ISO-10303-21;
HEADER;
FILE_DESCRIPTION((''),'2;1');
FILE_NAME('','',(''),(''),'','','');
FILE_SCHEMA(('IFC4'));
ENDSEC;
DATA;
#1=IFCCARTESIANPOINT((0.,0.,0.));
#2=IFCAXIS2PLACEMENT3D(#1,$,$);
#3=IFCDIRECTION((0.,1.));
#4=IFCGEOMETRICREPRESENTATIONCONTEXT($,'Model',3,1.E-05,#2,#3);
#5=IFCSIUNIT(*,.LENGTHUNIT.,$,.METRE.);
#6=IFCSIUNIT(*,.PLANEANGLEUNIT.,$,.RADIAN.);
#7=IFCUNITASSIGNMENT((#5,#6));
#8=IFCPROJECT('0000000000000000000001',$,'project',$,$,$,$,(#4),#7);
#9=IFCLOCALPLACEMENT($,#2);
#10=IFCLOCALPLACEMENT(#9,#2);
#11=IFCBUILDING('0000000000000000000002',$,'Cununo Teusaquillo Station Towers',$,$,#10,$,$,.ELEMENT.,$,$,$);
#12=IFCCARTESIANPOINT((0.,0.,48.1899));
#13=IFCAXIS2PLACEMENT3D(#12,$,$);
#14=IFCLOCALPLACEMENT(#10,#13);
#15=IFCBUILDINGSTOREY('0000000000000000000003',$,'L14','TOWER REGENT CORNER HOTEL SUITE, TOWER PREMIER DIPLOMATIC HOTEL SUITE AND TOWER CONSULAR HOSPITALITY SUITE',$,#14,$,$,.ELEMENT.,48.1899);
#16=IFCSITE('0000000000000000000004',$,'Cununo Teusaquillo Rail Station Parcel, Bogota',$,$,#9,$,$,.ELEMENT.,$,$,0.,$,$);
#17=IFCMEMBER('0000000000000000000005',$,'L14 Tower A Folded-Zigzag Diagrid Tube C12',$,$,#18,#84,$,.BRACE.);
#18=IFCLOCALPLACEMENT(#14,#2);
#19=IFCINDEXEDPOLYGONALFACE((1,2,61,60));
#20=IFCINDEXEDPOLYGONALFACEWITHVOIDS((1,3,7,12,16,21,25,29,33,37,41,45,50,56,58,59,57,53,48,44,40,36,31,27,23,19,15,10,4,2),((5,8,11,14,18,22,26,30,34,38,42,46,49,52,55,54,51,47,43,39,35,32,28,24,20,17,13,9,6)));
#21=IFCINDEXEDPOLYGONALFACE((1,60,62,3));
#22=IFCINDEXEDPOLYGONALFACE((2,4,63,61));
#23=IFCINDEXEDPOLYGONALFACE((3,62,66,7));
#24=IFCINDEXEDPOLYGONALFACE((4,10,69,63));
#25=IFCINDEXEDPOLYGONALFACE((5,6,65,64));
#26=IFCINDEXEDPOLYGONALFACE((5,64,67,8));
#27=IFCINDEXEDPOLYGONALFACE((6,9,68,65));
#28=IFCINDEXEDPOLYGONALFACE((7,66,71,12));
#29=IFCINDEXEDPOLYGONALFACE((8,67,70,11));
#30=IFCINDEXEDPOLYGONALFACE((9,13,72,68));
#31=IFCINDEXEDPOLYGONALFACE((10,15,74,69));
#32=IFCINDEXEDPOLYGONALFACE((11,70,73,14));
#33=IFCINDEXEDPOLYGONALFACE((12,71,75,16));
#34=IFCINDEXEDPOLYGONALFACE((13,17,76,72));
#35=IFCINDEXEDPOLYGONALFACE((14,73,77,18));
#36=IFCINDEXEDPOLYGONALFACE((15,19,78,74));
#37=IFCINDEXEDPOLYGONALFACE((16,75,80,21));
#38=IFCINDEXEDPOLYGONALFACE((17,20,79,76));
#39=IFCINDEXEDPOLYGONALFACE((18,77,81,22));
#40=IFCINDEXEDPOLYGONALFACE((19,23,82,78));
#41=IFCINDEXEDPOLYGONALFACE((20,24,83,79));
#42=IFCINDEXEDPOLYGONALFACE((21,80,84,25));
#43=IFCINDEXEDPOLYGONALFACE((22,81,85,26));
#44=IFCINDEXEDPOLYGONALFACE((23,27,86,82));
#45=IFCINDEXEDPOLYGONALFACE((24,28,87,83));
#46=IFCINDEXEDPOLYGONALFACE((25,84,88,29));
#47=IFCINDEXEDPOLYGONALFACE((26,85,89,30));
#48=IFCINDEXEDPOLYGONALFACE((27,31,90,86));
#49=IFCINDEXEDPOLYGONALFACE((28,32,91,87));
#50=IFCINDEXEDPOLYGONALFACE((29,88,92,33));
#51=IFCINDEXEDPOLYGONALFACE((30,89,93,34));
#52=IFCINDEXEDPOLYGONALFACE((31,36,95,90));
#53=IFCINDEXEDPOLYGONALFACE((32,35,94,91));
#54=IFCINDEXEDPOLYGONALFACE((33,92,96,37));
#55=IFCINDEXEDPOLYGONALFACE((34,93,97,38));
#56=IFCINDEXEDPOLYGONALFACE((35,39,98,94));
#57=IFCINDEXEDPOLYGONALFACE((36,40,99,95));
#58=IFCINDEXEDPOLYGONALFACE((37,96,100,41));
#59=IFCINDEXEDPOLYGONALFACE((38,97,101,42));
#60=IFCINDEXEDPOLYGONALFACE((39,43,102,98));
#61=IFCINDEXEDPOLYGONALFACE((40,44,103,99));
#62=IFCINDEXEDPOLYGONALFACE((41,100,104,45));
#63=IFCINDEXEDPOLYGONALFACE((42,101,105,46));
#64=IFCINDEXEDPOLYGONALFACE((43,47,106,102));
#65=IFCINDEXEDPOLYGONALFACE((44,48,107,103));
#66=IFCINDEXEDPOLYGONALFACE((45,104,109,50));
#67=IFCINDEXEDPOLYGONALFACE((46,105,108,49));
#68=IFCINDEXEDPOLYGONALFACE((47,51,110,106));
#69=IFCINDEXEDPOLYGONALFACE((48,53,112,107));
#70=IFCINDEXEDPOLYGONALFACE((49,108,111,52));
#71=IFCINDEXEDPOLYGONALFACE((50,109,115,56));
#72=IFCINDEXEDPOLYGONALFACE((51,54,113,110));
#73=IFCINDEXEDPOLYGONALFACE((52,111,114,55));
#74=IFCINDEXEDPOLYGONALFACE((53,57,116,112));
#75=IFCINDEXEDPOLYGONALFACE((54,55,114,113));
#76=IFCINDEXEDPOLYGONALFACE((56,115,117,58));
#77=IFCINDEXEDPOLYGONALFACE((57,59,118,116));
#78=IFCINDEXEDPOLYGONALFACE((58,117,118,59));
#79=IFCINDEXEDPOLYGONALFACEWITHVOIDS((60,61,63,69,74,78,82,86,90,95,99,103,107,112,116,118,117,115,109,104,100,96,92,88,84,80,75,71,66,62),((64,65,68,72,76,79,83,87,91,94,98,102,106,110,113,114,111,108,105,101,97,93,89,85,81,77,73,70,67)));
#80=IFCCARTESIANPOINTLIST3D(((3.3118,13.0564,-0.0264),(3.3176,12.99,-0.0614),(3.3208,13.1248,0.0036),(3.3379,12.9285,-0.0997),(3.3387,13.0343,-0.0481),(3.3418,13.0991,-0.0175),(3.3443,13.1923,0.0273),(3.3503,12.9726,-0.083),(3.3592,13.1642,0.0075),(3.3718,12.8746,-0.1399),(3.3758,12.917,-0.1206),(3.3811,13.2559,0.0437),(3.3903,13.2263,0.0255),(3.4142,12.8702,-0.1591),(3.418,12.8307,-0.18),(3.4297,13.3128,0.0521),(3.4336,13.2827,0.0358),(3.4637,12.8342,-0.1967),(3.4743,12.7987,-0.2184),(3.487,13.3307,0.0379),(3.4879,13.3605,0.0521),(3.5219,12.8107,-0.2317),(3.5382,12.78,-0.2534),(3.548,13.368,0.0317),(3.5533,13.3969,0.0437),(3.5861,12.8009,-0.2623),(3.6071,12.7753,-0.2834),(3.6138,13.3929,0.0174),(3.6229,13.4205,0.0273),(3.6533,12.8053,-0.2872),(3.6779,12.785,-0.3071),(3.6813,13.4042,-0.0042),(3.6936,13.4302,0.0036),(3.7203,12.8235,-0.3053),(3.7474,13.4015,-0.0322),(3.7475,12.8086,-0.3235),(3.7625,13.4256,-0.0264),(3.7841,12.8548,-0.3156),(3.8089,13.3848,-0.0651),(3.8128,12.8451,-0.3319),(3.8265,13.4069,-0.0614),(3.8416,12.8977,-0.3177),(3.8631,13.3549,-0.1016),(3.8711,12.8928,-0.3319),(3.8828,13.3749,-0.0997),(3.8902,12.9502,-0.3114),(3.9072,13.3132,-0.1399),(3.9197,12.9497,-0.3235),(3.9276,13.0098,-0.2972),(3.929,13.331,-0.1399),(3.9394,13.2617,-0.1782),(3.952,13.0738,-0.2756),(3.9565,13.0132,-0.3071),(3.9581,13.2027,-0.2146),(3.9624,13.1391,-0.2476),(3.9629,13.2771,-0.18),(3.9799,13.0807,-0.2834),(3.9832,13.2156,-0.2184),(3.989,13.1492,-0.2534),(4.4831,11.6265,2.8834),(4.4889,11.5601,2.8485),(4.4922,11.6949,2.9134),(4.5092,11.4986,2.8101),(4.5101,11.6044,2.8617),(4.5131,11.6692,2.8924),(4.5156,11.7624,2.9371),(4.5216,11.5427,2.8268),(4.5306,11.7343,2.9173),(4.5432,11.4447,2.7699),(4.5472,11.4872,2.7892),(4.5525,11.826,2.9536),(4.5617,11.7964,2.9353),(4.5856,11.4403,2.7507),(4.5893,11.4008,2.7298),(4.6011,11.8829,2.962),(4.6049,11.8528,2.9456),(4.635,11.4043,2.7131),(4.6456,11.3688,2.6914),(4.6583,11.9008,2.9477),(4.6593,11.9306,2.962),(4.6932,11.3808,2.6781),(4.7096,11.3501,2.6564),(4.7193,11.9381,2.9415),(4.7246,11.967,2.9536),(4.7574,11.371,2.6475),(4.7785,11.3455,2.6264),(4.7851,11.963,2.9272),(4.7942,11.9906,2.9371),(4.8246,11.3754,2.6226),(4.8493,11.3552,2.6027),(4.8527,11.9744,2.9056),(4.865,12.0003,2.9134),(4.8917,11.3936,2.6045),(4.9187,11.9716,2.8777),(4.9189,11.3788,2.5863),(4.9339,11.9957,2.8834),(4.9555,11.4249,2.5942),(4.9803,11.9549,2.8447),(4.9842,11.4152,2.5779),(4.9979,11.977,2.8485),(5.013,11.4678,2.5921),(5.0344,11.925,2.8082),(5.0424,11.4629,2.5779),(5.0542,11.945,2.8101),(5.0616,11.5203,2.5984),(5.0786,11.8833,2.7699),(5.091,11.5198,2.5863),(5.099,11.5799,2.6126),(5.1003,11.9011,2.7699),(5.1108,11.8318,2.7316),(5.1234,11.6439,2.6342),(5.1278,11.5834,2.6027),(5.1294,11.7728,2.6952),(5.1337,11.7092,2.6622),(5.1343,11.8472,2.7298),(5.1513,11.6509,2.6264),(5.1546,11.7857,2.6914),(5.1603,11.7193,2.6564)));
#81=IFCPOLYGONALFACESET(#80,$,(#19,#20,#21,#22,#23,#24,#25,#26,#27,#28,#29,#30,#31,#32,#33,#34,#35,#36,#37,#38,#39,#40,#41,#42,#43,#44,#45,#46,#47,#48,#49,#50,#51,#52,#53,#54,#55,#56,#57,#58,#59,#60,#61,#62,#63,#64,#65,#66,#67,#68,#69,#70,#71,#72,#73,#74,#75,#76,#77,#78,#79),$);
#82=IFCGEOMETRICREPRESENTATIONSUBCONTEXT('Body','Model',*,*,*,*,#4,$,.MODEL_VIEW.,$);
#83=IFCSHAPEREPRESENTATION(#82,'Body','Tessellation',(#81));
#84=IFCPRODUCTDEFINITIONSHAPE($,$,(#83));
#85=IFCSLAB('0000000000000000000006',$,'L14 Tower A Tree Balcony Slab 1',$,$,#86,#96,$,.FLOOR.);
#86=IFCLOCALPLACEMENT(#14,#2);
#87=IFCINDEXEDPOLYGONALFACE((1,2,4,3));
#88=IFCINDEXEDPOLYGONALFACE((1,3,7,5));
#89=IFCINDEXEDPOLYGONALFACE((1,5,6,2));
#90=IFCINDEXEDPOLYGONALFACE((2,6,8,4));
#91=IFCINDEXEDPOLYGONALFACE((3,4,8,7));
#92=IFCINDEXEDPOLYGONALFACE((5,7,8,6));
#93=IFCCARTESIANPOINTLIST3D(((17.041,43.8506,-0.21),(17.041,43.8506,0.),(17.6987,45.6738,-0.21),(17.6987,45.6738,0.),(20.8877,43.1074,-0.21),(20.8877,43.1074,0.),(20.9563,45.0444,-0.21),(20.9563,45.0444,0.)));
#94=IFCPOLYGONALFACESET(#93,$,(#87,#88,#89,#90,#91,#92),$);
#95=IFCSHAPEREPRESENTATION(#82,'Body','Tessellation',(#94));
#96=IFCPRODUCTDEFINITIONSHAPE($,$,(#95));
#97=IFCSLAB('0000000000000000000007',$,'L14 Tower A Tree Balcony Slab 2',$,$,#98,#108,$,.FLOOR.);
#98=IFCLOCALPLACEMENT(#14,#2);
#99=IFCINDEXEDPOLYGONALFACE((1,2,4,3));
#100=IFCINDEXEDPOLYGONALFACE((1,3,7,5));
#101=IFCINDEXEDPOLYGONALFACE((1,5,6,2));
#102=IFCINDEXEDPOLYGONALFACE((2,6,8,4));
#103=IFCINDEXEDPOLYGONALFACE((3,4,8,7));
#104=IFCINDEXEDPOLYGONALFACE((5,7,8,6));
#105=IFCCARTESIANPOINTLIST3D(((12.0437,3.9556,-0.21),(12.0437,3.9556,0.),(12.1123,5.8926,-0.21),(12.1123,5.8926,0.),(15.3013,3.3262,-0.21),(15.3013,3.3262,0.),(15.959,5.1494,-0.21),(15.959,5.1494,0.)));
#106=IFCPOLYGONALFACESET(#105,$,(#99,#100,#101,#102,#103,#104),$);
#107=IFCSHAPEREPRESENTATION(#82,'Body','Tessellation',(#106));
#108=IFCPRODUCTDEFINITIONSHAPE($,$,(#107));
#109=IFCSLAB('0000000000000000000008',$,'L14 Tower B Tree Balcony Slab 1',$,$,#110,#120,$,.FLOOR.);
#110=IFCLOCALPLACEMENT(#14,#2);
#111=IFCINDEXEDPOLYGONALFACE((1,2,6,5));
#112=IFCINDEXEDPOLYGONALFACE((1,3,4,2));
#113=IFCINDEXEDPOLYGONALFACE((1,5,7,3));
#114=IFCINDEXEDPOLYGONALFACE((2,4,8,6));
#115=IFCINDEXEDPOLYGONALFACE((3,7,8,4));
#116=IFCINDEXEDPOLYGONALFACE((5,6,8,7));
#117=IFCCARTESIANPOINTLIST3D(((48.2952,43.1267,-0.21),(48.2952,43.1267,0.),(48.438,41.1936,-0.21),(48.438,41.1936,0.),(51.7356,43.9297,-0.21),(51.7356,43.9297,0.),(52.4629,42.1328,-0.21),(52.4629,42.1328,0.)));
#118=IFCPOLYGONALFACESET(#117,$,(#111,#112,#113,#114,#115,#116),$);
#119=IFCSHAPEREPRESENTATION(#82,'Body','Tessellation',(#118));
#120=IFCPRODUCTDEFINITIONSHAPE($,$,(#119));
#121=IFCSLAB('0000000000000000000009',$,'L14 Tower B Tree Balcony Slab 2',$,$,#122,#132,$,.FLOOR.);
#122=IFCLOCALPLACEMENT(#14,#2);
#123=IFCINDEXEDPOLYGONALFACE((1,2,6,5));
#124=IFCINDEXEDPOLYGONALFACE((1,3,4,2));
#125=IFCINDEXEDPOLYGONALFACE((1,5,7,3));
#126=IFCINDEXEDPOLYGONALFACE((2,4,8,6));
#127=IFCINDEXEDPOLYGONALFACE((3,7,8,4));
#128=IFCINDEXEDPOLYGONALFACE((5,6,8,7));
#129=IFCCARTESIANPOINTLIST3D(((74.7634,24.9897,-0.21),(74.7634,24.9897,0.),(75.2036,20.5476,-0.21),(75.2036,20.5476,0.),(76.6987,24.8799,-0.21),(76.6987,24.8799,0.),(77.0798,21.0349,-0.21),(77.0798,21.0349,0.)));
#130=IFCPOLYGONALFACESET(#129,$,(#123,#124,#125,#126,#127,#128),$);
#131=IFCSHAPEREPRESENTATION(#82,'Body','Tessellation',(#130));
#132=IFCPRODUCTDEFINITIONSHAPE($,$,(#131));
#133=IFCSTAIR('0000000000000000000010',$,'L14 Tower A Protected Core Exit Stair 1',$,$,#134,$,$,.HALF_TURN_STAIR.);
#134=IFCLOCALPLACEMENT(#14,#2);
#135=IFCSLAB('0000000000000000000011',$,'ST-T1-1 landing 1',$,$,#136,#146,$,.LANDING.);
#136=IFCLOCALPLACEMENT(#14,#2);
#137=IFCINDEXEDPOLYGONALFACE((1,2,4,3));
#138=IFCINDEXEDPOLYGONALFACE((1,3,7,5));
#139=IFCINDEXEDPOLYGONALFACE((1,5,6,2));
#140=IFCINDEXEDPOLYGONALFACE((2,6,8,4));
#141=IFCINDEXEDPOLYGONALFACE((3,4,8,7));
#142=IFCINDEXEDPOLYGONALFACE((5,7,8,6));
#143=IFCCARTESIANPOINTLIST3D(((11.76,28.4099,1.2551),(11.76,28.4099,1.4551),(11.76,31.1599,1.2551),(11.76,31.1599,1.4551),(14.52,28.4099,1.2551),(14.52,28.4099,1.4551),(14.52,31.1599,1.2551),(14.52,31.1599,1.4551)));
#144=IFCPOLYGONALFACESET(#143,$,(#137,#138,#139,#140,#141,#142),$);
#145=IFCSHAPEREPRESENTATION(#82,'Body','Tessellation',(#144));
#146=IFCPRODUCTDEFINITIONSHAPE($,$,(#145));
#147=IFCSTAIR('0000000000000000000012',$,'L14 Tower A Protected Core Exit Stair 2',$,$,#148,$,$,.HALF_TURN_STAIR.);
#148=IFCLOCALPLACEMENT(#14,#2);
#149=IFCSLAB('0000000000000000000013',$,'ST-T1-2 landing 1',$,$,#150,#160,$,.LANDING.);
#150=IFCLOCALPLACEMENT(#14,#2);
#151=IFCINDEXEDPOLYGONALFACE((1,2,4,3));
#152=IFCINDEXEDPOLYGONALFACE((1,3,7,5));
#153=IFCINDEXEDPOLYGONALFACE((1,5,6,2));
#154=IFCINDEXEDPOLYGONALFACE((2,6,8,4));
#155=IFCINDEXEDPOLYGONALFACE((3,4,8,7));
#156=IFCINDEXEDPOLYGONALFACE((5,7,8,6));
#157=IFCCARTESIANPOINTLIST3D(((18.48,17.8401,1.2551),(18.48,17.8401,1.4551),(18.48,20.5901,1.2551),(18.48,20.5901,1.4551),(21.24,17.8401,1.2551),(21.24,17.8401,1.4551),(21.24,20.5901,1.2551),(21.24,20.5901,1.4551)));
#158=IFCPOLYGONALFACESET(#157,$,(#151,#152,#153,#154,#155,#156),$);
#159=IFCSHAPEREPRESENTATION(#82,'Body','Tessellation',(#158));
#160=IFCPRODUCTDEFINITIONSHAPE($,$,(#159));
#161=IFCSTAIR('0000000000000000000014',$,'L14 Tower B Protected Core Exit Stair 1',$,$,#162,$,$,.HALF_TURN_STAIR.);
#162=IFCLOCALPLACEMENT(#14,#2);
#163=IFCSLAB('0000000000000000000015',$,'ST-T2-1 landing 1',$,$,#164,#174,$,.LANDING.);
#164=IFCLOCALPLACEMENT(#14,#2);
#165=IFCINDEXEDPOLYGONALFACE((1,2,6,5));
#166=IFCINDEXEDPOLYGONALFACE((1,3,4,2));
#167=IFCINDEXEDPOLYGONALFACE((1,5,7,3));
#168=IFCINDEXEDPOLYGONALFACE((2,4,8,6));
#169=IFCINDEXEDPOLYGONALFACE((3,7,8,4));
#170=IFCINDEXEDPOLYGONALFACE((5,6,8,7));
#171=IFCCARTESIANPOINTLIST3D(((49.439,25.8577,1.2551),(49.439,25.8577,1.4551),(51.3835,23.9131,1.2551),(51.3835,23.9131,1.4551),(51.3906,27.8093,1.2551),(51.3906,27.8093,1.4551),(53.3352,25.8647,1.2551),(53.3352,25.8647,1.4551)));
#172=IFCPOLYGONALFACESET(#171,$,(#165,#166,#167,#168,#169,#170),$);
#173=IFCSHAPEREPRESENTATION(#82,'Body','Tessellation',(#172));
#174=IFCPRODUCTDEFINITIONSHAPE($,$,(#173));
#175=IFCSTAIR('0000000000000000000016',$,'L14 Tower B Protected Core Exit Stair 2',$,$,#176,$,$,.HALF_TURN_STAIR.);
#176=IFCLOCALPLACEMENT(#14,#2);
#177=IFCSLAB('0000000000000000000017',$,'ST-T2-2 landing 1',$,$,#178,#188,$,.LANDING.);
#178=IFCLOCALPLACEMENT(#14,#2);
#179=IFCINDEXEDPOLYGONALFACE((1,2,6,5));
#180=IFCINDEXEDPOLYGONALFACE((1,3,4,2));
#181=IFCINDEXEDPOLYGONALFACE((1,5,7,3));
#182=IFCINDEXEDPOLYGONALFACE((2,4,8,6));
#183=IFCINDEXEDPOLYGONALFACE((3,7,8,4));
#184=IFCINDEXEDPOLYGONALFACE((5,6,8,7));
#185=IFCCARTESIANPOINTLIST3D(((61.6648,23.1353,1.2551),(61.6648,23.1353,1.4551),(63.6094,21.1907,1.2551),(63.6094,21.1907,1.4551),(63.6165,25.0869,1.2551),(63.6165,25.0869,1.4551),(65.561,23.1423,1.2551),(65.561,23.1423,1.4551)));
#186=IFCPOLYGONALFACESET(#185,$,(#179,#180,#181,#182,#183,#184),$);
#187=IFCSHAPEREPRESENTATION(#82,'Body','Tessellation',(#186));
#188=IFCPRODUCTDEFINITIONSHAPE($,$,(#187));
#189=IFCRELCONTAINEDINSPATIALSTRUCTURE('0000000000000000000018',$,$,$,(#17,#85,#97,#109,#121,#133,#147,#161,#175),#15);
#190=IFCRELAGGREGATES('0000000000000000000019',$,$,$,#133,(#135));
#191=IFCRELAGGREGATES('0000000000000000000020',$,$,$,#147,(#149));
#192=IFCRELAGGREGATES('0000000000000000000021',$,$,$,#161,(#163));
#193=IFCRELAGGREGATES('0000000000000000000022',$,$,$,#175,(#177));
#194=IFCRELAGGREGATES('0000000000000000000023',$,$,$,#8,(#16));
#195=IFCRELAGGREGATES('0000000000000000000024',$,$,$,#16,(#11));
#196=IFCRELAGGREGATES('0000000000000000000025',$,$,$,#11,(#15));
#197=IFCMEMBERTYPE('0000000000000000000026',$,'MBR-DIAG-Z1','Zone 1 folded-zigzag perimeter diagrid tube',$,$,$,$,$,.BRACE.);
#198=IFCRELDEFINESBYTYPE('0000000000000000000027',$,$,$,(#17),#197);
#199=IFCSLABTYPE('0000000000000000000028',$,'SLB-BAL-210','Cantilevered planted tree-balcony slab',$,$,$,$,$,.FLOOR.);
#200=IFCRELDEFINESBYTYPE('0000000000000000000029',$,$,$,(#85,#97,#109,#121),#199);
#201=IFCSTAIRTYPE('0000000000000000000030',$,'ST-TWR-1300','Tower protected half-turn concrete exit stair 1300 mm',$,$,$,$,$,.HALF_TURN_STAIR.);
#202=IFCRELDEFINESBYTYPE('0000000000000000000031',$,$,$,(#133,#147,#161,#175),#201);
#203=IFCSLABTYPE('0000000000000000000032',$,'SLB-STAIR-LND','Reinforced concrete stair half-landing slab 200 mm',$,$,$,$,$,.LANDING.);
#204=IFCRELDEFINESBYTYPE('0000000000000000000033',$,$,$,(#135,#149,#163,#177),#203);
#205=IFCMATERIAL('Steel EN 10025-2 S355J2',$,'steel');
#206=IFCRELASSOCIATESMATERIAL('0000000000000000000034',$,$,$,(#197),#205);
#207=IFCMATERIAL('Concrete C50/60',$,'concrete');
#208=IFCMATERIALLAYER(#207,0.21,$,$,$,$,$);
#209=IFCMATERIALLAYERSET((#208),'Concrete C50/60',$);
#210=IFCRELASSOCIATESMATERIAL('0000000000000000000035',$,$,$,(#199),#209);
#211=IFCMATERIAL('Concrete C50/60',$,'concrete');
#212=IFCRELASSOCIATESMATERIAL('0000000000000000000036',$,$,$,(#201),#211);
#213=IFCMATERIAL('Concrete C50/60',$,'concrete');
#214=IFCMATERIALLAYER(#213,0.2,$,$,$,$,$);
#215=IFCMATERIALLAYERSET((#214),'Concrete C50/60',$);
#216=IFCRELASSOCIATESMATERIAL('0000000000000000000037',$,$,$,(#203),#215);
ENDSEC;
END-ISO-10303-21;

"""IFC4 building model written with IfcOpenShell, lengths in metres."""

from ifc_helpers import new_model, si_unit, direction, frame, origin, origin_2d, place, context, subcontext, project, spatial, polyline, hollow_circle, outline, extrude, material, layer, layer_set, material_profile, profile_set, type_object, element, aggregate, save


model = new_model("IFC4")

# Units and contexts
model_context = context("Model", 3, precision=1e-05, world=origin(), true_north=direction((0.0, 1.0)))
body_context = subcontext(model_context, "Body", "Model", "MODEL_VIEW")
ifc_project = project(units=[si_unit("LENGTHUNIT", "METRE"), si_unit("PLANEANGLEUNIT", "RADIAN")], contexts=[model_context])

# Site, building, storey
site_placement = place(None, origin())
site = spatial("IfcSite", under=ifc_project, at=site_placement, Name="Cununo Teusaquillo Rail Station Parcel, Bogota", CompositionType="ELEMENT", RefElevation=0.0)
building_placement = place(site_placement, origin())
building = spatial("IfcBuilding", under=site, at=building_placement, Name="Cununo Teusaquillo Station Towers", CompositionType="ELEMENT")
storey_placement = place(building_placement, frame((0.0, 0.0, 48.1899)))
storey = spatial("IfcBuildingStorey", under=building, at=storey_placement, Name="L14", Description="TOWER REGENT CORNER HOTEL SUITE, TOWER PREMIER DIPLOMATIC HOTEL SUITE AND TOWER CONSULAR HOSPITALITY SUITE", CompositionType="ELEMENT", Elevation=48.1899)

# Member
ifc_material_1 = material(Name="Steel EN 10025-2 S355J2", Category="steel")
ifc_material_profile_1 = material_profile(ifc_material_1, hollow_circle(Radius=0.3601, WallThickness=0.0281, at=origin_2d()), Name="CHS 720x28")
ifc_profile_set_1 = profile_set([ifc_material_profile_1], Name="Steel EN 10025-2 S355J2")
member_type = type_object("IfcMemberType", Name="MBR-DIAG-Z1", Description="Zone 1 folded-zigzag perimeter diagrid tube", PredefinedType="BRACE", material=ifc_profile_set_1)
member_placement = place(storey_placement, frame((3.6504, 13.1028, -0.1399), z_axis=(0.33979, -0.414788, 0.844093), x_axis=(0.773575, 0.633705, 0.0)))
element("IfcMember", 1, at=member_placement, inside=storey, type_object=member_type, Name="L14 Tower A Folded-Zigzag Diagrid Tube C12", PredefinedType="BRACE", context=body_context, shape_type="SweptSolid", body=[
    extrude(hollow_circle(Radius=0.3601, WallThickness=0.0281, at=origin_2d()), origin(), (0.0, 0.0, 1.0), 3.4473),
])

# Slabs
ifc_material_2 = material(Name="Concrete C50/60", Category="concrete")
ifc_layer_1 = layer(ifc_material_2, 0.21)
ifc_layer_set_1 = layer_set([ifc_layer_1], Name="Concrete C50/60")
slab_type_1 = type_object("IfcSlabType", Name="SLB-BAL-210", Description="Cantilevered planted tree-balcony slab", PredefinedType="FLOOR", material=ifc_layer_set_1)
slab_1_placement = place(storey_placement, frame((0.0, 0.0, -0.21)))
element("IfcSlab", 2, at=slab_1_placement, inside=storey, type_object=slab_type_1, Name="L14 Tower A Tree Balcony Slab 1", PredefinedType="FLOOR", context=body_context, shape_type="SweptSolid", body=[
    extrude(outline(polyline([(20.8877, 43.1074), (17.041, 43.8506), (17.6987, 45.6738), (20.9563, 45.0444), (20.8877, 43.1074)])), origin(), (0.0, 0.0, 1.0), 0.21),
])
slab_2_placement = place(storey_placement, frame((0.0, 0.0, -0.21)))
element("IfcSlab", 3, at=slab_2_placement, inside=storey, type_object=slab_type_1, Name="L14 Tower A Tree Balcony Slab 2", PredefinedType="FLOOR", context=body_context, shape_type="SweptSolid", body=[
    extrude(outline(polyline([(12.1123, 5.8926), (15.959, 5.1494), (15.3013, 3.3262), (12.0437, 3.9556), (12.1123, 5.8926)])), origin(), (0.0, 0.0, 1.0), 0.21),
])
slab_3_placement = place(storey_placement, frame((0.0, 0.0, -0.21)))
element("IfcSlab", 4, at=slab_3_placement, inside=storey, type_object=slab_type_1, Name="L14 Tower B Tree Balcony Slab 1", PredefinedType="FLOOR", context=body_context, shape_type="SweptSolid", body=[
    extrude(outline(polyline([(52.4629, 42.1328), (48.438, 41.1936), (48.2952, 43.1267), (51.7356, 43.9297), (52.4629, 42.1328)])), origin(), (0.0, 0.0, 1.0), 0.21),
])
slab_4_placement = place(storey_placement, frame((0.0, 0.0, -0.21)))
element("IfcSlab", 5, at=slab_4_placement, inside=storey, type_object=slab_type_1, Name="L14 Tower B Tree Balcony Slab 2", PredefinedType="FLOOR", context=body_context, shape_type="SweptSolid", body=[
    extrude(outline(polyline([(75.2036, 20.5476), (74.7634, 24.9897), (76.6987, 24.8799), (77.0798, 21.0349), (75.2036, 20.5476)])), origin(), (0.0, 0.0, 1.0), 0.21),
])

# Stairs, slabs
ifc_material_3 = material(Name="Concrete C50/60", Category="concrete")
stair_type = type_object("IfcStairType", Name="ST-TWR-1300", Description="Tower protected half-turn concrete exit stair 1300 mm", PredefinedType="HALF_TURN_STAIR", material=ifc_material_3)
stair_1_placement = place(storey_placement, origin())
stair_1 = element("IfcStair", 6, at=stair_1_placement, inside=storey, type_object=stair_type, Name="L14 Tower A Protected Core Exit Stair 1", PredefinedType="HALF_TURN_STAIR")
ifc_material_4 = material(Name="Concrete C50/60", Category="concrete")
ifc_layer_2 = layer(ifc_material_4, 0.2)
ifc_layer_set_2 = layer_set([ifc_layer_2], Name="Concrete C50/60")
slab_type_2 = type_object("IfcSlabType", Name="SLB-STAIR-LND", Description="Reinforced concrete stair half-landing slab 200 mm", PredefinedType="LANDING", material=ifc_layer_set_2)
slab_5_placement = place(storey_placement, frame((0.0, 0.0, 1.2551)))
slab_5 = element("IfcSlab", 7, at=slab_5_placement, type_object=slab_type_2, Name="ST-T1-1 landing 1", PredefinedType="LANDING", context=body_context, shape_type="SweptSolid", body=[
    extrude(outline(polyline([(14.52, 28.4099), (14.52, 31.1599), (11.76, 31.1599), (11.76, 28.4099), (14.52, 28.4099)])), origin(), (0.0, 0.0, 1.0), 0.2),
])
aggregate(stair_1, [slab_5])
stair_2_placement = place(storey_placement, origin())
stair_2 = element("IfcStair", 8, at=stair_2_placement, inside=storey, type_object=stair_type, Name="L14 Tower A Protected Core Exit Stair 2", PredefinedType="HALF_TURN_STAIR")
slab_6_placement = place(storey_placement, frame((0.0, 0.0, 1.2551)))
slab_6 = element("IfcSlab", 9, at=slab_6_placement, type_object=slab_type_2, Name="ST-T1-2 landing 1", PredefinedType="LANDING", context=body_context, shape_type="SweptSolid", body=[
    extrude(outline(polyline([(18.48, 20.5901), (18.48, 17.8401), (21.24, 17.8401), (21.24, 20.5901), (18.48, 20.5901)])), origin(), (0.0, 0.0, 1.0), 0.2),
])
aggregate(stair_2, [slab_6])
stair_3_placement = place(storey_placement, origin())
stair_3 = element("IfcStair", 10, at=stair_3_placement, inside=storey, type_object=stair_type, Name="L14 Tower B Protected Core Exit Stair 1", PredefinedType="HALF_TURN_STAIR")
slab_7_placement = place(storey_placement, frame((0.0, 0.0, 1.2551)))
slab_7 = element("IfcSlab", 11, at=slab_7_placement, type_object=slab_type_2, Name="ST-T2-1 landing 1", PredefinedType="LANDING", context=body_context, shape_type="SweptSolid", body=[
    extrude(outline(polyline([(53.3352, 25.8647), (51.3906, 27.8093), (49.439, 25.8577), (51.3835, 23.9131), (53.3352, 25.8647)])), origin(), (0.0, 0.0, 1.0), 0.2),
])
aggregate(stair_3, [slab_7])
stair_4_placement = place(storey_placement, origin())
stair_4 = element("IfcStair", 12, at=stair_4_placement, inside=storey, type_object=stair_type, Name="L14 Tower B Protected Core Exit Stair 2", PredefinedType="HALF_TURN_STAIR")
slab_8_placement = place(storey_placement, frame((0.0, 0.0, 1.2551)))
slab_8 = element("IfcSlab", 13, at=slab_8_placement, type_object=slab_type_2, Name="ST-T2-2 landing 1", PredefinedType="LANDING", context=body_context, shape_type="SweptSolid", body=[
    extrude(outline(polyline([(61.6648, 23.1353), (63.6094, 21.1907), (65.561, 23.1423), (63.6165, 25.0869), (61.6648, 23.1353)])), origin(), (0.0, 0.0, 1.0), 0.2),
])
aggregate(stair_4, [slab_8])

save(model, "model.ifc")
